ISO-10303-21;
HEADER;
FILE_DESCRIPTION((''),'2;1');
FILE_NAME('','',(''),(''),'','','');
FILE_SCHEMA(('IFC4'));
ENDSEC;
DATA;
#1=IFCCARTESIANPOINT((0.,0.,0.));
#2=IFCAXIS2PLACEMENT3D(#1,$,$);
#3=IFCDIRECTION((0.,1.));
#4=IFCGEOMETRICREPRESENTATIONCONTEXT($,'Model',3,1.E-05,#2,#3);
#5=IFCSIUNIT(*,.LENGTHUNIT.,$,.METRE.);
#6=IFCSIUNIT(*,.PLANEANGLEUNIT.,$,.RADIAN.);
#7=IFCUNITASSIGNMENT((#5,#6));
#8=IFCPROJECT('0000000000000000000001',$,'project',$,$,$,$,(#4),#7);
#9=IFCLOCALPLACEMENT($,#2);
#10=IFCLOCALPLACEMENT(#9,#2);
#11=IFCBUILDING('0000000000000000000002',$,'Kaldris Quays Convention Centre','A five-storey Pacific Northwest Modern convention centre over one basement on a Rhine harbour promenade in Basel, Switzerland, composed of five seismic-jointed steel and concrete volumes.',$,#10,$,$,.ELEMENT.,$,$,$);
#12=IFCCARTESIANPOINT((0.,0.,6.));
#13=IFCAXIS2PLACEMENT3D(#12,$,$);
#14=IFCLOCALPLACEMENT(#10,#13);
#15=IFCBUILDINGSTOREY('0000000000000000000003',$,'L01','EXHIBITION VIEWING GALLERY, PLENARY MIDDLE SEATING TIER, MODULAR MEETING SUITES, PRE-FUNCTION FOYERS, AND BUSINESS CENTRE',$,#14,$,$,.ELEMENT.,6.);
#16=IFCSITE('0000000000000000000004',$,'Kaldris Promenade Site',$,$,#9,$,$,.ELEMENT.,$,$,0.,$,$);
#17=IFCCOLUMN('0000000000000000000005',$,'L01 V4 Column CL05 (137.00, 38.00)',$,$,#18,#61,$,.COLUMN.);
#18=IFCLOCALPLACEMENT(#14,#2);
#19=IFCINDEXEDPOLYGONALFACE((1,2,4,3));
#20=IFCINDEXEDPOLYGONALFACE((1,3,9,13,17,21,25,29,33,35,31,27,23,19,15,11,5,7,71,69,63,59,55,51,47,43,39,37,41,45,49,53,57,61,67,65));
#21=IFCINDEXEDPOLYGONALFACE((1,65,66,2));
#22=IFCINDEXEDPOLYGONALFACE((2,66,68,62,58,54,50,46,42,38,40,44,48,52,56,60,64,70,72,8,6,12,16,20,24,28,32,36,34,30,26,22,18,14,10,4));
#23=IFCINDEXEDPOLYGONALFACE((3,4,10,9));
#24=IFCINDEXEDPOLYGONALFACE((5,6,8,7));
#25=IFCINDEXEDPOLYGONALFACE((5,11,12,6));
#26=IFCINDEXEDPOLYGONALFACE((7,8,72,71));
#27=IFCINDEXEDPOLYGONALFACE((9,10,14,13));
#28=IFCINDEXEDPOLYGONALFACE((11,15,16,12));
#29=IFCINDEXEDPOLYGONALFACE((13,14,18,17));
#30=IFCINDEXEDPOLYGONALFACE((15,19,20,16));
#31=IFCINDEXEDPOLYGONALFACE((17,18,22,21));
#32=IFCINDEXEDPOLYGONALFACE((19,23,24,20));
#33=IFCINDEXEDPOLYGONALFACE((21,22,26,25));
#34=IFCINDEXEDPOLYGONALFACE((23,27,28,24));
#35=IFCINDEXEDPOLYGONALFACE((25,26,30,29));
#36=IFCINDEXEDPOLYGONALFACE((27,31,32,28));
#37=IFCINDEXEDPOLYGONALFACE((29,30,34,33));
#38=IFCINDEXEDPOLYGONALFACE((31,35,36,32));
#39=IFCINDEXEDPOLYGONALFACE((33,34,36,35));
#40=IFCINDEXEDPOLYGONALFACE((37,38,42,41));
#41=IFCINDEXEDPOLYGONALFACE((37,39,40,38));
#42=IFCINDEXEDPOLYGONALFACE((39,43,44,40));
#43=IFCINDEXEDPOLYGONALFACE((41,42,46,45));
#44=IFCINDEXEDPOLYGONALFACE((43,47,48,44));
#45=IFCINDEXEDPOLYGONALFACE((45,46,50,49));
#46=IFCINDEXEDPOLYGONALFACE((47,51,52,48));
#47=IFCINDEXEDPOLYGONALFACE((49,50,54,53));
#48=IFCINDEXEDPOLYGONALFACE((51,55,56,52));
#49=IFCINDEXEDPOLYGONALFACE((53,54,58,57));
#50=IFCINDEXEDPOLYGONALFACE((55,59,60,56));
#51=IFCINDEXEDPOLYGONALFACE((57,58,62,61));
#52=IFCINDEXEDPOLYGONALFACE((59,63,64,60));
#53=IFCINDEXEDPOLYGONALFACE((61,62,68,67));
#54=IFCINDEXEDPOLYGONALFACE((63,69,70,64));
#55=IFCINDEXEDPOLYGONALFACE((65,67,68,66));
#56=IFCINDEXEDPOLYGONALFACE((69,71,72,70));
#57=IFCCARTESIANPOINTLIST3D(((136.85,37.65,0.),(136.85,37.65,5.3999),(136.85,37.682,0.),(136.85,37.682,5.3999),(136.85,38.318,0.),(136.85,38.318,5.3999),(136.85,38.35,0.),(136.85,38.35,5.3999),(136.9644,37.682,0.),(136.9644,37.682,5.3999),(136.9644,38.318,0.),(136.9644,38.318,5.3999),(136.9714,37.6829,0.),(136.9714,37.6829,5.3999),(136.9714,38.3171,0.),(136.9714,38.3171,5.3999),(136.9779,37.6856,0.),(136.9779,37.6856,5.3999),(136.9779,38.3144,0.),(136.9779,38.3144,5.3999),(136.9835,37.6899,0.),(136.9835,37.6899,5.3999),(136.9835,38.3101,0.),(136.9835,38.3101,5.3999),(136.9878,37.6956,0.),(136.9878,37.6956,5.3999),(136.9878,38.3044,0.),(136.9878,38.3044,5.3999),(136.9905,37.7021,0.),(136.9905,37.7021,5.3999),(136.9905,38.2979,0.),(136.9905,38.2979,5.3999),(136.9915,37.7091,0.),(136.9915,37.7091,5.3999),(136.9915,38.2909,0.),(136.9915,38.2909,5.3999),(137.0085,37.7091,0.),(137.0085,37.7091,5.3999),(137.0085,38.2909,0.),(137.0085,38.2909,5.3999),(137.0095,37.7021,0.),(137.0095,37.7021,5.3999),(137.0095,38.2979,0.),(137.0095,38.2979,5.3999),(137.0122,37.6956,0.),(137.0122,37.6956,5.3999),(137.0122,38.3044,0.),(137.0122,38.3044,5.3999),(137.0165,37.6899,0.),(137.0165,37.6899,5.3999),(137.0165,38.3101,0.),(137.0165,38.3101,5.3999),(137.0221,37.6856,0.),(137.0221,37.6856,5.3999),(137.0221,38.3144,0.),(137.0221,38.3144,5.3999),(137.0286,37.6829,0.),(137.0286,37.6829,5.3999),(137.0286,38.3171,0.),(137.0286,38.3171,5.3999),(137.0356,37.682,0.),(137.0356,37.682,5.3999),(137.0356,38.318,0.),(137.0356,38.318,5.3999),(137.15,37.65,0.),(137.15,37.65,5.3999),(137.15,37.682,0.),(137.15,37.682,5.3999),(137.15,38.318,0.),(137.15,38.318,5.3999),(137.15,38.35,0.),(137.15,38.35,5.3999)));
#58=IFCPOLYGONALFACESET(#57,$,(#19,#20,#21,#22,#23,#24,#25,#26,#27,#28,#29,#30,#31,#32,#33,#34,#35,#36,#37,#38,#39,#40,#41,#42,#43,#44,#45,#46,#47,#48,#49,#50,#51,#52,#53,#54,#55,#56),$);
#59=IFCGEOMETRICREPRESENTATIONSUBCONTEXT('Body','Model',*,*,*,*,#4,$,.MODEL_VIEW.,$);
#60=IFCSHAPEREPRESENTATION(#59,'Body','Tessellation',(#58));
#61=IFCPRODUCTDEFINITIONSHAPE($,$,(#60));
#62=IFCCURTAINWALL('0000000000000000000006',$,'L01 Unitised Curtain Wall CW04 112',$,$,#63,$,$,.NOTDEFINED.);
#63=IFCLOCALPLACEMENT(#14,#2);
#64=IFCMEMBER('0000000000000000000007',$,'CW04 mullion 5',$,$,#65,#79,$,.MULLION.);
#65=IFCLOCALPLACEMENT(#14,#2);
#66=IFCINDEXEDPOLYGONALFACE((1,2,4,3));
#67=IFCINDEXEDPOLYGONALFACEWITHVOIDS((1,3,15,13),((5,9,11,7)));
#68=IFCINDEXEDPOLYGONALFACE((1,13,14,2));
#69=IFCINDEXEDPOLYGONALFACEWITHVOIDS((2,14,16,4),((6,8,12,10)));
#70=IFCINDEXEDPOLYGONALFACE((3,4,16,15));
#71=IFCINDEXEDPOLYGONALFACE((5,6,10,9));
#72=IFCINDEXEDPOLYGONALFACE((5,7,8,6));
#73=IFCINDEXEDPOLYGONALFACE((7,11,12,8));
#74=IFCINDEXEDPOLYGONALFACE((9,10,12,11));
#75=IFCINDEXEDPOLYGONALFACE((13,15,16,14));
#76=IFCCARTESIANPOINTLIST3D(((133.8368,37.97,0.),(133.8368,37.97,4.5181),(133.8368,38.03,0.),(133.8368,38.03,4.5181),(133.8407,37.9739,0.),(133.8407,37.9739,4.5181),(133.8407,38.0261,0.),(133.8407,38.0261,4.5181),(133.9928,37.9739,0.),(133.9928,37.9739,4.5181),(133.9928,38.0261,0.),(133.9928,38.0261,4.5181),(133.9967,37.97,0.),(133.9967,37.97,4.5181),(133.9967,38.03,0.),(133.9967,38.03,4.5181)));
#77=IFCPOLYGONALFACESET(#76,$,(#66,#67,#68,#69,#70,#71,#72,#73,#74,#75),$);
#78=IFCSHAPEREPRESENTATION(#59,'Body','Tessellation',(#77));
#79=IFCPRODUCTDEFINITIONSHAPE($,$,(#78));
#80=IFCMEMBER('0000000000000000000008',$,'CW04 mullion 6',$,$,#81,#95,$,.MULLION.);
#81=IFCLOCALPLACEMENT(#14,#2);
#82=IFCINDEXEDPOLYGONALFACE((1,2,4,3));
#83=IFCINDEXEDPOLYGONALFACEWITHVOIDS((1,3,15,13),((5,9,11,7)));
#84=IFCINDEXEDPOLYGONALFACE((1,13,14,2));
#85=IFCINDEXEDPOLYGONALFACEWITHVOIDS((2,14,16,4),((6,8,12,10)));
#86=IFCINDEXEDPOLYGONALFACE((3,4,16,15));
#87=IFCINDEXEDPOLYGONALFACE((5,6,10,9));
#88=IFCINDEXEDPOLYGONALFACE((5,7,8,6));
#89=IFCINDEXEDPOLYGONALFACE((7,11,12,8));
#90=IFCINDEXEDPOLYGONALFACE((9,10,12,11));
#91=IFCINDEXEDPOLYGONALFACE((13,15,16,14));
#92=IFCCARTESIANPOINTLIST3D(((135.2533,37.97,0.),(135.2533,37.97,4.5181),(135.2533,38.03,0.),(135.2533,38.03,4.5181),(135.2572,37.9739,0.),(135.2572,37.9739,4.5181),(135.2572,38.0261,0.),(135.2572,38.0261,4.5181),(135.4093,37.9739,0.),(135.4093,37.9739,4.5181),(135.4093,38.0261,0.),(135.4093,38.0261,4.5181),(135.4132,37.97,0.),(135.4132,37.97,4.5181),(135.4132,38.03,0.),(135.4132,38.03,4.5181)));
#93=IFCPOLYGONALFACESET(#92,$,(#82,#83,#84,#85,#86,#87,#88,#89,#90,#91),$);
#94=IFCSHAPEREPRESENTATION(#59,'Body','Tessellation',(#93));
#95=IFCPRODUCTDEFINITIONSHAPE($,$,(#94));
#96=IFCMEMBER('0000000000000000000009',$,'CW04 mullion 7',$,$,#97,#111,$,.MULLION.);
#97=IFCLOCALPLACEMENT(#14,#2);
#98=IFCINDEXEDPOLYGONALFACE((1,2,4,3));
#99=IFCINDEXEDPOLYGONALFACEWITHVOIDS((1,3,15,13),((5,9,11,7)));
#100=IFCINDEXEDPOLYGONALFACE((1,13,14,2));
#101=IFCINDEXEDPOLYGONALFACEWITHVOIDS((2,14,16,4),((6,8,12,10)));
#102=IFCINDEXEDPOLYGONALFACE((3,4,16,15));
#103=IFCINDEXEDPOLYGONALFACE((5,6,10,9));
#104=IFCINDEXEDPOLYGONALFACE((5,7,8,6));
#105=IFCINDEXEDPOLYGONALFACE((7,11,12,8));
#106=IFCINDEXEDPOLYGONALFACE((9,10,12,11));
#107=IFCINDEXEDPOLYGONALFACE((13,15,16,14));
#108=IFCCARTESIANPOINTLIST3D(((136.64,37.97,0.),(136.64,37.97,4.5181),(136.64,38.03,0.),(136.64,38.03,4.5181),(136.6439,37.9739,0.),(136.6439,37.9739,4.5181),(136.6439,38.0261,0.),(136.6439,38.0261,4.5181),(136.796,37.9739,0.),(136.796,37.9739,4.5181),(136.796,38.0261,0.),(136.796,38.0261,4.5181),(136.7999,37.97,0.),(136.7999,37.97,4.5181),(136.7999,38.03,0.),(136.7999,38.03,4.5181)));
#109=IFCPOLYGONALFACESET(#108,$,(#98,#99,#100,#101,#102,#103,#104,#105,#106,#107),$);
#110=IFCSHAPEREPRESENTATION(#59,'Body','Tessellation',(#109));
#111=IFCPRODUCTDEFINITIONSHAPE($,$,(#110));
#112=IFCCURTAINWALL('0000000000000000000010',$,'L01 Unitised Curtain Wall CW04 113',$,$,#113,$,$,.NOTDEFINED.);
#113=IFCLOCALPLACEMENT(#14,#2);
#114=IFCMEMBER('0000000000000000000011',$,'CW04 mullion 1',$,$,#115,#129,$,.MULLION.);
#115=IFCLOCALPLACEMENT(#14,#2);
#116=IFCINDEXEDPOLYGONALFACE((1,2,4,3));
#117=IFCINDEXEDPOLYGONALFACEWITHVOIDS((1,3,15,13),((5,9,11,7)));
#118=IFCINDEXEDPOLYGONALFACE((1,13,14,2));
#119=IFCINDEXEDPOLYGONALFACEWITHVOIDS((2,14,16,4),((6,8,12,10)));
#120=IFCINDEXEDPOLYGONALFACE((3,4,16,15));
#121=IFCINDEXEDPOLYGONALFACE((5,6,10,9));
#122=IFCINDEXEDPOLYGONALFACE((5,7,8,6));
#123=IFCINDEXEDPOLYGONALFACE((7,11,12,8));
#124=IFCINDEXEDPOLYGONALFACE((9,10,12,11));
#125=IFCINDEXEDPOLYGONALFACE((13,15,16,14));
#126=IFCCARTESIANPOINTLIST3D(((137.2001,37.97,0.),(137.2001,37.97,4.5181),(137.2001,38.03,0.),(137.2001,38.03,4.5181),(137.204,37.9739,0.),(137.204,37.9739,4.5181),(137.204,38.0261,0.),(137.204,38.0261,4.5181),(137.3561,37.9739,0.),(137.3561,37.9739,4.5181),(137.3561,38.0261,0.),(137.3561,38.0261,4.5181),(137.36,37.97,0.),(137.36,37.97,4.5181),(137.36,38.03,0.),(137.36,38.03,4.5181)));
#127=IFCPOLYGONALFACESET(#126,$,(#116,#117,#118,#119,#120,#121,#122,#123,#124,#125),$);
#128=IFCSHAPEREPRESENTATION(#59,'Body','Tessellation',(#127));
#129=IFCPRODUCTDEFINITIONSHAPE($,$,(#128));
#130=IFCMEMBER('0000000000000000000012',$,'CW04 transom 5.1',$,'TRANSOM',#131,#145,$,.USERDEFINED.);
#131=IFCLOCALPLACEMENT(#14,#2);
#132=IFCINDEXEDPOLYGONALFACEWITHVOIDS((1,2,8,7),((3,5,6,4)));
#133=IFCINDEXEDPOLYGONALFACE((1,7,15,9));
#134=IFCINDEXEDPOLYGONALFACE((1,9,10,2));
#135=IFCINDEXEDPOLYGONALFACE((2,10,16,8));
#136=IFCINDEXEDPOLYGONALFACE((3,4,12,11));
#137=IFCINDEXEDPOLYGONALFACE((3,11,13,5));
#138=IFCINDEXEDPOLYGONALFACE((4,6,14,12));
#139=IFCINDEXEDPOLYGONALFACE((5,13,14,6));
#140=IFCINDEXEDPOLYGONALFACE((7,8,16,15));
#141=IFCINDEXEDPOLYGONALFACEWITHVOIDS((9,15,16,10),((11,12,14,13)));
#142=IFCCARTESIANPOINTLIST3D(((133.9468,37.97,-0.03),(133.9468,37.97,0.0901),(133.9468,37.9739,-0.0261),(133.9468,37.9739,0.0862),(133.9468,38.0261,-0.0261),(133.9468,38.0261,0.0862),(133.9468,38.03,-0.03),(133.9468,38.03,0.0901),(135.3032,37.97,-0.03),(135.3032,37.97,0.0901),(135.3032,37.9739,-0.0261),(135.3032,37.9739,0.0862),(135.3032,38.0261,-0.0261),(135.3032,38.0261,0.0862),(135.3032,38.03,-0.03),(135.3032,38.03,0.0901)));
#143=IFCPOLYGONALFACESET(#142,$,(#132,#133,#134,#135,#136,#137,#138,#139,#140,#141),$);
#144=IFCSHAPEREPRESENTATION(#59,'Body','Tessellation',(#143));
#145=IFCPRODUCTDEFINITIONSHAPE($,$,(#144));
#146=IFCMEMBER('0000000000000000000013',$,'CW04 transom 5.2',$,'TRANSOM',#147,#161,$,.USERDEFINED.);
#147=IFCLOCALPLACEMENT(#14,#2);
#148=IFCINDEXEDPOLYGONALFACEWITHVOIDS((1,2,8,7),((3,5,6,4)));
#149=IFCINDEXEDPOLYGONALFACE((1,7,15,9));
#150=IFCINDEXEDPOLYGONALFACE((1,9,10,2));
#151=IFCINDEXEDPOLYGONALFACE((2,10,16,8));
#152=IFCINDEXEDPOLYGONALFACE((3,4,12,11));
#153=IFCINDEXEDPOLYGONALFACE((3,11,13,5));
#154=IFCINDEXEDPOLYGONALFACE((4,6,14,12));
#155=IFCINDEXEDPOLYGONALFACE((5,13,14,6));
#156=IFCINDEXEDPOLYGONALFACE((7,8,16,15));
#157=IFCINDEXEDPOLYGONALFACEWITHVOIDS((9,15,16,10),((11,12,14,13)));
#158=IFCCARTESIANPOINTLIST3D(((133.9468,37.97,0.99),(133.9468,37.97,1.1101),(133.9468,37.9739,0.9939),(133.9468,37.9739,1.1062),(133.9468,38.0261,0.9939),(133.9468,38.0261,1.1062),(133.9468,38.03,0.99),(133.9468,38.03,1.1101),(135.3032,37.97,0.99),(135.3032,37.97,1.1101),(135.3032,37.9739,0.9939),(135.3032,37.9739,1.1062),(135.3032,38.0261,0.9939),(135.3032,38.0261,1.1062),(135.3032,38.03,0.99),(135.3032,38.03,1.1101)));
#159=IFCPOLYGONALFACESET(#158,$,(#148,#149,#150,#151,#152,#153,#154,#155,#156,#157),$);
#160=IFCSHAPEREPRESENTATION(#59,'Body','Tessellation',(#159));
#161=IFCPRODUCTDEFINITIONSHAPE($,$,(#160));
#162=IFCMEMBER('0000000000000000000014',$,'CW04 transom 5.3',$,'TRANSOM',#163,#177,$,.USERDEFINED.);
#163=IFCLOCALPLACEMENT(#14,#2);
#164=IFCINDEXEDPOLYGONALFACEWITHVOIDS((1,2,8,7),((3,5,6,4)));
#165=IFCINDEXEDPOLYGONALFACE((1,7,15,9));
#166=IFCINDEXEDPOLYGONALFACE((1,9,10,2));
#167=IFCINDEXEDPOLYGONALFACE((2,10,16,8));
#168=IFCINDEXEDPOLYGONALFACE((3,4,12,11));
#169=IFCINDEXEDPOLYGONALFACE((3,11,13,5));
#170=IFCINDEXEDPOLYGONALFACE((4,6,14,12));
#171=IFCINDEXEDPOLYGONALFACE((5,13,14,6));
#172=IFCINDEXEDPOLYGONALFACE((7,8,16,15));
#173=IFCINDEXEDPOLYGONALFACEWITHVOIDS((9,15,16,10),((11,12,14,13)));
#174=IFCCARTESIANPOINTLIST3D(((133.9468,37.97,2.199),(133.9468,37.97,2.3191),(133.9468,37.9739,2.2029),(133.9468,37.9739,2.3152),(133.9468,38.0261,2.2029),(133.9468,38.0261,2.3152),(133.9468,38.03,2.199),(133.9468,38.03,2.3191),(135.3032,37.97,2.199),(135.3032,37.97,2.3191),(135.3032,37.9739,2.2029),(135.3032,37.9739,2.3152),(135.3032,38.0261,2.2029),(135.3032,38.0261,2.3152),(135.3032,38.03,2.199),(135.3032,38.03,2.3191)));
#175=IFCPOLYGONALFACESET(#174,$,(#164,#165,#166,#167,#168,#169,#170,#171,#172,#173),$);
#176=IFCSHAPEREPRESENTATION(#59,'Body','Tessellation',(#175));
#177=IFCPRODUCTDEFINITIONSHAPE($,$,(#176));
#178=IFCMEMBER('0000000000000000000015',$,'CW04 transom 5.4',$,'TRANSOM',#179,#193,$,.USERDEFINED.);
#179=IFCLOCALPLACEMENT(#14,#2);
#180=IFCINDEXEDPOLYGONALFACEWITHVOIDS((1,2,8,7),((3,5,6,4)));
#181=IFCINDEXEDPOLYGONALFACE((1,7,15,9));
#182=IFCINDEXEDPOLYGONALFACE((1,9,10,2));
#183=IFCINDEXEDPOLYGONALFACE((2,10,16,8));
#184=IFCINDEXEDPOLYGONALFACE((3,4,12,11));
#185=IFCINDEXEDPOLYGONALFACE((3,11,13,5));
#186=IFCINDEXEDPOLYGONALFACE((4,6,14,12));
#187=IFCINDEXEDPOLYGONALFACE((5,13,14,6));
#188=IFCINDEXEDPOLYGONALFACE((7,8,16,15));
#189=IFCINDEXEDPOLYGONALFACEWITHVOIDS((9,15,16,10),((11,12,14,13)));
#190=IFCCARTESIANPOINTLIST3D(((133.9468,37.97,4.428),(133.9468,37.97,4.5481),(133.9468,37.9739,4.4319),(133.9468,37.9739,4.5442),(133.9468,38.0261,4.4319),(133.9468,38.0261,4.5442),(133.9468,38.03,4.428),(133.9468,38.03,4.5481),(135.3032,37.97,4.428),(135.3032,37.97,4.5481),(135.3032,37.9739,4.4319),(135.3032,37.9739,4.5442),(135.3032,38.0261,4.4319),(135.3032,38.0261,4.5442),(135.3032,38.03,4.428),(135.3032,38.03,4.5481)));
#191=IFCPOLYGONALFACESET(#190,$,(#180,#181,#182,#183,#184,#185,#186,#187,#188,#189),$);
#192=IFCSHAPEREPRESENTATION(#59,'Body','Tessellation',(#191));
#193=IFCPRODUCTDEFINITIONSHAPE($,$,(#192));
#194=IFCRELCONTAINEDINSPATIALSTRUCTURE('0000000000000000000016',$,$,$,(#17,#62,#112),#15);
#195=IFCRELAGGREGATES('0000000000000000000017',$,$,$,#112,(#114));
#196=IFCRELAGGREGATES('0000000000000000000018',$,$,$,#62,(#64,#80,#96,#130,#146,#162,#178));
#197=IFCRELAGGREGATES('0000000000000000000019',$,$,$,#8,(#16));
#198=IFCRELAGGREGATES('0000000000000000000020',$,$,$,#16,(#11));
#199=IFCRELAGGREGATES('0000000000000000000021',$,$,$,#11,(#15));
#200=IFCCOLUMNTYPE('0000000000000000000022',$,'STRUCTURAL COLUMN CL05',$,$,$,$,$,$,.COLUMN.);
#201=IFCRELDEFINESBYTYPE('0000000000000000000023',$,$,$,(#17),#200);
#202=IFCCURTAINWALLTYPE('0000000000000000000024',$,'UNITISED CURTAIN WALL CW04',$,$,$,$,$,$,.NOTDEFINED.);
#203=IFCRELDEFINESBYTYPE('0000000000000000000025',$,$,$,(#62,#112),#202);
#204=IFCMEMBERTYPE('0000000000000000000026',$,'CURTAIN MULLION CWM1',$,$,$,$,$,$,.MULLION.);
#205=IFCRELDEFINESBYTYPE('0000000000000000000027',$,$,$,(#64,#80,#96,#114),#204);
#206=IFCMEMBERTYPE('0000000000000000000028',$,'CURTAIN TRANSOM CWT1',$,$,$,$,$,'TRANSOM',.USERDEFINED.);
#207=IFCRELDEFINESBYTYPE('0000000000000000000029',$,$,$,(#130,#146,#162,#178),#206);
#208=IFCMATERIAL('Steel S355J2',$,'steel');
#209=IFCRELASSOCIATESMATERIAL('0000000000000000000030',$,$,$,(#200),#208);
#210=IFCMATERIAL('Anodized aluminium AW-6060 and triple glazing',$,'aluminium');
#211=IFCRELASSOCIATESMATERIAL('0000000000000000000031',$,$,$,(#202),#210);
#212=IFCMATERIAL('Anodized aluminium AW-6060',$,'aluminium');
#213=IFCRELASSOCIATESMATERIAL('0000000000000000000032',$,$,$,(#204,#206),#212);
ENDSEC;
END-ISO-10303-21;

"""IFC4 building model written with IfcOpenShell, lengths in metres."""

from ifc_helpers import new_model, si_unit, direction, frame, origin, origin_2d, place, context, subcontext, project, spatial, hollow_rectangle, i_section, extrude, material, material_profile, profile_set, type_object, element, aggregate, save


model = new_model("IFC4")

# Units and contexts
model_context = context("Model", 3, precision=1e-05, world=origin(), true_north=direction((0.0, 1.0)))
body_context = subcontext(model_context, "Body", "Model", "MODEL_VIEW")
ifc_project = project(units=[si_unit("LENGTHUNIT", "METRE"), si_unit("PLANEANGLEUNIT", "RADIAN")], contexts=[model_context])

# Site, building, storey
site_placement = place(None, origin())
site = spatial("IfcSite", under=ifc_project, at=site_placement, Name="Kaldris Promenade Site", CompositionType="ELEMENT", RefElevation=0.0)
building_placement = place(site_placement, origin())
building = spatial("IfcBuilding", under=site, at=building_placement, Name="Kaldris Quays Convention Centre", Description="A five-storey Pacific Northwest Modern convention centre over one basement on a Rhine harbour promenade in Basel, Switzerland, composed of five seismic-jointed steel and concrete volumes.", CompositionType="ELEMENT")
storey_placement = place(building_placement, frame((0.0, 0.0, 6.0)))
storey = spatial("IfcBuildingStorey", under=building, at=storey_placement, Name="L01", Description="EXHIBITION VIEWING GALLERY, PLENARY MIDDLE SEATING TIER, MODULAR MEETING SUITES, PRE-FUNCTION FOYERS, AND BUSINESS CENTRE", CompositionType="ELEMENT", Elevation=6.0)

# Column
ifc_material_1 = material(Name="Steel S355J2", Category="steel")
ifc_material_profile_1 = material_profile(ifc_material_1, i_section(OverallWidth=0.3, OverallDepth=0.7, WebThickness=0.0171, FlangeThickness=0.032, FilletRadius=0.0271, at=origin_2d()), Name="HEB 700")
ifc_profile_set_1 = profile_set([ifc_material_profile_1], Name="Steel S355J2")
column_type = type_object("IfcColumnType", Name="STRUCTURAL COLUMN CL05", PredefinedType="COLUMN", material=ifc_profile_set_1)
column_placement = place(storey_placement, frame((137.0, 38.0, 0.0), z_axis=(0.0, 0.0, 1.0), x_axis=(1.0, 0.0, 0.0)))
element("IfcColumn", 1, at=column_placement, inside=storey, type_object=column_type, Name="L01 V4 Column CL05 (137.00, 38.00)", PredefinedType="COLUMN", context=body_context, shape_type="SweptSolid", body=[
    extrude(i_section(OverallWidth=0.3, OverallDepth=0.7, WebThickness=0.0171, FlangeThickness=0.032, FilletRadius=0.0271, at=origin_2d()), origin(), (0.0, 0.0, 1.0), 5.3999),
])

# Curtain wall, members
ifc_material_2 = material(Name="Anodized aluminium AW-6060 and triple glazing", Category="aluminium")
curtain_wall_type = type_object("IfcCurtainWallType", Name="UNITISED CURTAIN WALL CW04", PredefinedType="NOTDEFINED", material=ifc_material_2)
curtain_wall_1_placement = place(storey_placement, origin())
curtain_wall_1 = element("IfcCurtainWall", 2, at=curtain_wall_1_placement, inside=storey, type_object=curtain_wall_type, Name="L01 Unitised Curtain Wall CW04 112", PredefinedType="NOTDEFINED")
ifc_material_3 = material(Name="Anodized aluminium AW-6060", Category="aluminium")
ifc_material_profile_2 = material_profile(ifc_material_3, hollow_rectangle(XDim=0.0601, YDim=0.1599, WallThickness=0.0039, at=origin_2d()), Name="RHS 160x60x4")
ifc_profile_set_2 = profile_set([ifc_material_profile_2], Name="Anodized aluminium AW-6060")
member_type_1 = type_object("IfcMemberType", Name="CURTAIN MULLION CWM1", PredefinedType="MULLION", material=ifc_profile_set_2)
member_1_placement = place(storey_placement, frame((133.9167, 38.0, 0.0), z_axis=(0.0, 0.0, 1.0), x_axis=(0.0, 1.0, 0.0)))
member_1 = element("IfcMember", 3, at=member_1_placement, type_object=member_type_1, Name="CW04 mullion 5", PredefinedType="MULLION", context=body_context, shape_type="SweptSolid", body=[
    extrude(hollow_rectangle(XDim=0.0601, YDim=0.1599, WallThickness=0.0039, at=origin_2d()), origin(), (0.0, 0.0, 1.0), 4.5181),
])
member_2_placement = place(storey_placement, frame((135.3333, 38.0, 0.0), z_axis=(0.0, 0.0, 1.0), x_axis=(0.0, 1.0, 0.0)))
member_2 = element("IfcMember", 4, at=member_2_placement, type_object=member_type_1, Name="CW04 mullion 6", PredefinedType="MULLION", context=body_context, shape_type="SweptSolid", body=[
    extrude(hollow_rectangle(XDim=0.0601, YDim=0.1599, WallThickness=0.0039, at=origin_2d()), origin(), (0.0, 0.0, 1.0), 4.5181),
])
member_3_placement = place(storey_placement, frame((136.72, 38.0, 0.0), z_axis=(0.0, 0.0, 1.0), x_axis=(0.0, 1.0, 0.0)))
member_3 = element("IfcMember", 5, at=member_3_placement, type_object=member_type_1, Name="CW04 mullion 7", PredefinedType="MULLION", context=body_context, shape_type="SweptSolid", body=[
    extrude(hollow_rectangle(XDim=0.0601, YDim=0.1599, WallThickness=0.0039, at=origin_2d()), origin(), (0.0, 0.0, 1.0), 4.5181),
])

# Curtain wall, member
curtain_wall_2_placement = place(storey_placement, origin())
curtain_wall_2 = element("IfcCurtainWall", 6, at=curtain_wall_2_placement, inside=storey, type_object=curtain_wall_type, Name="L01 Unitised Curtain Wall CW04 113", PredefinedType="NOTDEFINED")
member_4_placement = place(storey_placement, frame((137.28, 38.0, 0.0), z_axis=(0.0, 0.0, 1.0), x_axis=(0.0, 1.0, 0.0)))
member_4 = element("IfcMember", 7, at=member_4_placement, type_object=member_type_1, Name="CW04 mullion 1", PredefinedType="MULLION", context=body_context, shape_type="SweptSolid", body=[
    extrude(hollow_rectangle(XDim=0.0601, YDim=0.1599, WallThickness=0.0039, at=origin_2d()), origin(), (0.0, 0.0, 1.0), 4.5181),
])

# Members
ifc_material_profile_3 = material_profile(ifc_material_3, hollow_rectangle(XDim=0.0601, YDim=0.1201, WallThickness=0.0039, at=origin_2d()), Name="RHS 120x60x4")
ifc_profile_set_3 = profile_set([ifc_material_profile_3], Name="Anodized aluminium AW-6060")
member_type_2 = type_object("IfcMemberType", Name="CURTAIN TRANSOM CWT1", ElementType="TRANSOM", PredefinedType="USERDEFINED", material=ifc_profile_set_3)
member_5_placement = place(storey_placement, frame((133.9468, 38.0, 0.03), z_axis=(1.0, 0.0, 0.0), x_axis=(0.0, 1.0, 0.0)))
member_5 = element("IfcMember", 8, at=member_5_placement, type_object=member_type_2, Name="CW04 transom 5.1", ObjectType="TRANSOM", PredefinedType="USERDEFINED", context=body_context, shape_type="SweptSolid", body=[
    extrude(hollow_rectangle(XDim=0.0601, YDim=0.1201, WallThickness=0.0039, at=origin_2d()), origin(), (0.0, 0.0, 1.0), 1.3564),
])
member_6_placement = place(storey_placement, frame((133.9468, 38.0, 1.05), z_axis=(1.0, 0.0, 0.0), x_axis=(0.0, 1.0, 0.0)))
member_6 = element("IfcMember", 9, at=member_6_placement, type_object=member_type_2, Name="CW04 transom 5.2", ObjectType="TRANSOM", PredefinedType="USERDEFINED", context=body_context, shape_type="SweptSolid", body=[
    extrude(hollow_rectangle(XDim=0.0601, YDim=0.1201, WallThickness=0.0039, at=origin_2d()), origin(), (0.0, 0.0, 1.0), 1.3564),
])
member_7_placement = place(storey_placement, frame((133.9468, 38.0, 2.259), z_axis=(1.0, 0.0, 0.0), x_axis=(0.0, 1.0, 0.0)))
member_7 = element("IfcMember", 10, at=member_7_placement, type_object=member_type_2, Name="CW04 transom 5.3", ObjectType="TRANSOM", PredefinedType="USERDEFINED", context=body_context, shape_type="SweptSolid", body=[
    extrude(hollow_rectangle(XDim=0.0601, YDim=0.1201, WallThickness=0.0039, at=origin_2d()), origin(), (0.0, 0.0, 1.0), 1.3564),
])
member_8_placement = place(storey_placement, frame((133.9468, 38.0, 4.488), z_axis=(1.0, 0.0, 0.0), x_axis=(0.0, 1.0, 0.0)))
member_8 = element("IfcMember", 11, at=member_8_placement, type_object=member_type_2, Name="CW04 transom 5.4", ObjectType="TRANSOM", PredefinedType="USERDEFINED", context=body_context, shape_type="SweptSolid", body=[
    extrude(hollow_rectangle(XDim=0.0601, YDim=0.1201, WallThickness=0.0039, at=origin_2d()), origin(), (0.0, 0.0, 1.0), 1.3564),
])
aggregate(curtain_wall_2, [member_4])

aggregate(curtain_wall_1, [member_1, member_2, member_3, member_5, member_6, member_7, member_8])

save(model, "model.ifc")
